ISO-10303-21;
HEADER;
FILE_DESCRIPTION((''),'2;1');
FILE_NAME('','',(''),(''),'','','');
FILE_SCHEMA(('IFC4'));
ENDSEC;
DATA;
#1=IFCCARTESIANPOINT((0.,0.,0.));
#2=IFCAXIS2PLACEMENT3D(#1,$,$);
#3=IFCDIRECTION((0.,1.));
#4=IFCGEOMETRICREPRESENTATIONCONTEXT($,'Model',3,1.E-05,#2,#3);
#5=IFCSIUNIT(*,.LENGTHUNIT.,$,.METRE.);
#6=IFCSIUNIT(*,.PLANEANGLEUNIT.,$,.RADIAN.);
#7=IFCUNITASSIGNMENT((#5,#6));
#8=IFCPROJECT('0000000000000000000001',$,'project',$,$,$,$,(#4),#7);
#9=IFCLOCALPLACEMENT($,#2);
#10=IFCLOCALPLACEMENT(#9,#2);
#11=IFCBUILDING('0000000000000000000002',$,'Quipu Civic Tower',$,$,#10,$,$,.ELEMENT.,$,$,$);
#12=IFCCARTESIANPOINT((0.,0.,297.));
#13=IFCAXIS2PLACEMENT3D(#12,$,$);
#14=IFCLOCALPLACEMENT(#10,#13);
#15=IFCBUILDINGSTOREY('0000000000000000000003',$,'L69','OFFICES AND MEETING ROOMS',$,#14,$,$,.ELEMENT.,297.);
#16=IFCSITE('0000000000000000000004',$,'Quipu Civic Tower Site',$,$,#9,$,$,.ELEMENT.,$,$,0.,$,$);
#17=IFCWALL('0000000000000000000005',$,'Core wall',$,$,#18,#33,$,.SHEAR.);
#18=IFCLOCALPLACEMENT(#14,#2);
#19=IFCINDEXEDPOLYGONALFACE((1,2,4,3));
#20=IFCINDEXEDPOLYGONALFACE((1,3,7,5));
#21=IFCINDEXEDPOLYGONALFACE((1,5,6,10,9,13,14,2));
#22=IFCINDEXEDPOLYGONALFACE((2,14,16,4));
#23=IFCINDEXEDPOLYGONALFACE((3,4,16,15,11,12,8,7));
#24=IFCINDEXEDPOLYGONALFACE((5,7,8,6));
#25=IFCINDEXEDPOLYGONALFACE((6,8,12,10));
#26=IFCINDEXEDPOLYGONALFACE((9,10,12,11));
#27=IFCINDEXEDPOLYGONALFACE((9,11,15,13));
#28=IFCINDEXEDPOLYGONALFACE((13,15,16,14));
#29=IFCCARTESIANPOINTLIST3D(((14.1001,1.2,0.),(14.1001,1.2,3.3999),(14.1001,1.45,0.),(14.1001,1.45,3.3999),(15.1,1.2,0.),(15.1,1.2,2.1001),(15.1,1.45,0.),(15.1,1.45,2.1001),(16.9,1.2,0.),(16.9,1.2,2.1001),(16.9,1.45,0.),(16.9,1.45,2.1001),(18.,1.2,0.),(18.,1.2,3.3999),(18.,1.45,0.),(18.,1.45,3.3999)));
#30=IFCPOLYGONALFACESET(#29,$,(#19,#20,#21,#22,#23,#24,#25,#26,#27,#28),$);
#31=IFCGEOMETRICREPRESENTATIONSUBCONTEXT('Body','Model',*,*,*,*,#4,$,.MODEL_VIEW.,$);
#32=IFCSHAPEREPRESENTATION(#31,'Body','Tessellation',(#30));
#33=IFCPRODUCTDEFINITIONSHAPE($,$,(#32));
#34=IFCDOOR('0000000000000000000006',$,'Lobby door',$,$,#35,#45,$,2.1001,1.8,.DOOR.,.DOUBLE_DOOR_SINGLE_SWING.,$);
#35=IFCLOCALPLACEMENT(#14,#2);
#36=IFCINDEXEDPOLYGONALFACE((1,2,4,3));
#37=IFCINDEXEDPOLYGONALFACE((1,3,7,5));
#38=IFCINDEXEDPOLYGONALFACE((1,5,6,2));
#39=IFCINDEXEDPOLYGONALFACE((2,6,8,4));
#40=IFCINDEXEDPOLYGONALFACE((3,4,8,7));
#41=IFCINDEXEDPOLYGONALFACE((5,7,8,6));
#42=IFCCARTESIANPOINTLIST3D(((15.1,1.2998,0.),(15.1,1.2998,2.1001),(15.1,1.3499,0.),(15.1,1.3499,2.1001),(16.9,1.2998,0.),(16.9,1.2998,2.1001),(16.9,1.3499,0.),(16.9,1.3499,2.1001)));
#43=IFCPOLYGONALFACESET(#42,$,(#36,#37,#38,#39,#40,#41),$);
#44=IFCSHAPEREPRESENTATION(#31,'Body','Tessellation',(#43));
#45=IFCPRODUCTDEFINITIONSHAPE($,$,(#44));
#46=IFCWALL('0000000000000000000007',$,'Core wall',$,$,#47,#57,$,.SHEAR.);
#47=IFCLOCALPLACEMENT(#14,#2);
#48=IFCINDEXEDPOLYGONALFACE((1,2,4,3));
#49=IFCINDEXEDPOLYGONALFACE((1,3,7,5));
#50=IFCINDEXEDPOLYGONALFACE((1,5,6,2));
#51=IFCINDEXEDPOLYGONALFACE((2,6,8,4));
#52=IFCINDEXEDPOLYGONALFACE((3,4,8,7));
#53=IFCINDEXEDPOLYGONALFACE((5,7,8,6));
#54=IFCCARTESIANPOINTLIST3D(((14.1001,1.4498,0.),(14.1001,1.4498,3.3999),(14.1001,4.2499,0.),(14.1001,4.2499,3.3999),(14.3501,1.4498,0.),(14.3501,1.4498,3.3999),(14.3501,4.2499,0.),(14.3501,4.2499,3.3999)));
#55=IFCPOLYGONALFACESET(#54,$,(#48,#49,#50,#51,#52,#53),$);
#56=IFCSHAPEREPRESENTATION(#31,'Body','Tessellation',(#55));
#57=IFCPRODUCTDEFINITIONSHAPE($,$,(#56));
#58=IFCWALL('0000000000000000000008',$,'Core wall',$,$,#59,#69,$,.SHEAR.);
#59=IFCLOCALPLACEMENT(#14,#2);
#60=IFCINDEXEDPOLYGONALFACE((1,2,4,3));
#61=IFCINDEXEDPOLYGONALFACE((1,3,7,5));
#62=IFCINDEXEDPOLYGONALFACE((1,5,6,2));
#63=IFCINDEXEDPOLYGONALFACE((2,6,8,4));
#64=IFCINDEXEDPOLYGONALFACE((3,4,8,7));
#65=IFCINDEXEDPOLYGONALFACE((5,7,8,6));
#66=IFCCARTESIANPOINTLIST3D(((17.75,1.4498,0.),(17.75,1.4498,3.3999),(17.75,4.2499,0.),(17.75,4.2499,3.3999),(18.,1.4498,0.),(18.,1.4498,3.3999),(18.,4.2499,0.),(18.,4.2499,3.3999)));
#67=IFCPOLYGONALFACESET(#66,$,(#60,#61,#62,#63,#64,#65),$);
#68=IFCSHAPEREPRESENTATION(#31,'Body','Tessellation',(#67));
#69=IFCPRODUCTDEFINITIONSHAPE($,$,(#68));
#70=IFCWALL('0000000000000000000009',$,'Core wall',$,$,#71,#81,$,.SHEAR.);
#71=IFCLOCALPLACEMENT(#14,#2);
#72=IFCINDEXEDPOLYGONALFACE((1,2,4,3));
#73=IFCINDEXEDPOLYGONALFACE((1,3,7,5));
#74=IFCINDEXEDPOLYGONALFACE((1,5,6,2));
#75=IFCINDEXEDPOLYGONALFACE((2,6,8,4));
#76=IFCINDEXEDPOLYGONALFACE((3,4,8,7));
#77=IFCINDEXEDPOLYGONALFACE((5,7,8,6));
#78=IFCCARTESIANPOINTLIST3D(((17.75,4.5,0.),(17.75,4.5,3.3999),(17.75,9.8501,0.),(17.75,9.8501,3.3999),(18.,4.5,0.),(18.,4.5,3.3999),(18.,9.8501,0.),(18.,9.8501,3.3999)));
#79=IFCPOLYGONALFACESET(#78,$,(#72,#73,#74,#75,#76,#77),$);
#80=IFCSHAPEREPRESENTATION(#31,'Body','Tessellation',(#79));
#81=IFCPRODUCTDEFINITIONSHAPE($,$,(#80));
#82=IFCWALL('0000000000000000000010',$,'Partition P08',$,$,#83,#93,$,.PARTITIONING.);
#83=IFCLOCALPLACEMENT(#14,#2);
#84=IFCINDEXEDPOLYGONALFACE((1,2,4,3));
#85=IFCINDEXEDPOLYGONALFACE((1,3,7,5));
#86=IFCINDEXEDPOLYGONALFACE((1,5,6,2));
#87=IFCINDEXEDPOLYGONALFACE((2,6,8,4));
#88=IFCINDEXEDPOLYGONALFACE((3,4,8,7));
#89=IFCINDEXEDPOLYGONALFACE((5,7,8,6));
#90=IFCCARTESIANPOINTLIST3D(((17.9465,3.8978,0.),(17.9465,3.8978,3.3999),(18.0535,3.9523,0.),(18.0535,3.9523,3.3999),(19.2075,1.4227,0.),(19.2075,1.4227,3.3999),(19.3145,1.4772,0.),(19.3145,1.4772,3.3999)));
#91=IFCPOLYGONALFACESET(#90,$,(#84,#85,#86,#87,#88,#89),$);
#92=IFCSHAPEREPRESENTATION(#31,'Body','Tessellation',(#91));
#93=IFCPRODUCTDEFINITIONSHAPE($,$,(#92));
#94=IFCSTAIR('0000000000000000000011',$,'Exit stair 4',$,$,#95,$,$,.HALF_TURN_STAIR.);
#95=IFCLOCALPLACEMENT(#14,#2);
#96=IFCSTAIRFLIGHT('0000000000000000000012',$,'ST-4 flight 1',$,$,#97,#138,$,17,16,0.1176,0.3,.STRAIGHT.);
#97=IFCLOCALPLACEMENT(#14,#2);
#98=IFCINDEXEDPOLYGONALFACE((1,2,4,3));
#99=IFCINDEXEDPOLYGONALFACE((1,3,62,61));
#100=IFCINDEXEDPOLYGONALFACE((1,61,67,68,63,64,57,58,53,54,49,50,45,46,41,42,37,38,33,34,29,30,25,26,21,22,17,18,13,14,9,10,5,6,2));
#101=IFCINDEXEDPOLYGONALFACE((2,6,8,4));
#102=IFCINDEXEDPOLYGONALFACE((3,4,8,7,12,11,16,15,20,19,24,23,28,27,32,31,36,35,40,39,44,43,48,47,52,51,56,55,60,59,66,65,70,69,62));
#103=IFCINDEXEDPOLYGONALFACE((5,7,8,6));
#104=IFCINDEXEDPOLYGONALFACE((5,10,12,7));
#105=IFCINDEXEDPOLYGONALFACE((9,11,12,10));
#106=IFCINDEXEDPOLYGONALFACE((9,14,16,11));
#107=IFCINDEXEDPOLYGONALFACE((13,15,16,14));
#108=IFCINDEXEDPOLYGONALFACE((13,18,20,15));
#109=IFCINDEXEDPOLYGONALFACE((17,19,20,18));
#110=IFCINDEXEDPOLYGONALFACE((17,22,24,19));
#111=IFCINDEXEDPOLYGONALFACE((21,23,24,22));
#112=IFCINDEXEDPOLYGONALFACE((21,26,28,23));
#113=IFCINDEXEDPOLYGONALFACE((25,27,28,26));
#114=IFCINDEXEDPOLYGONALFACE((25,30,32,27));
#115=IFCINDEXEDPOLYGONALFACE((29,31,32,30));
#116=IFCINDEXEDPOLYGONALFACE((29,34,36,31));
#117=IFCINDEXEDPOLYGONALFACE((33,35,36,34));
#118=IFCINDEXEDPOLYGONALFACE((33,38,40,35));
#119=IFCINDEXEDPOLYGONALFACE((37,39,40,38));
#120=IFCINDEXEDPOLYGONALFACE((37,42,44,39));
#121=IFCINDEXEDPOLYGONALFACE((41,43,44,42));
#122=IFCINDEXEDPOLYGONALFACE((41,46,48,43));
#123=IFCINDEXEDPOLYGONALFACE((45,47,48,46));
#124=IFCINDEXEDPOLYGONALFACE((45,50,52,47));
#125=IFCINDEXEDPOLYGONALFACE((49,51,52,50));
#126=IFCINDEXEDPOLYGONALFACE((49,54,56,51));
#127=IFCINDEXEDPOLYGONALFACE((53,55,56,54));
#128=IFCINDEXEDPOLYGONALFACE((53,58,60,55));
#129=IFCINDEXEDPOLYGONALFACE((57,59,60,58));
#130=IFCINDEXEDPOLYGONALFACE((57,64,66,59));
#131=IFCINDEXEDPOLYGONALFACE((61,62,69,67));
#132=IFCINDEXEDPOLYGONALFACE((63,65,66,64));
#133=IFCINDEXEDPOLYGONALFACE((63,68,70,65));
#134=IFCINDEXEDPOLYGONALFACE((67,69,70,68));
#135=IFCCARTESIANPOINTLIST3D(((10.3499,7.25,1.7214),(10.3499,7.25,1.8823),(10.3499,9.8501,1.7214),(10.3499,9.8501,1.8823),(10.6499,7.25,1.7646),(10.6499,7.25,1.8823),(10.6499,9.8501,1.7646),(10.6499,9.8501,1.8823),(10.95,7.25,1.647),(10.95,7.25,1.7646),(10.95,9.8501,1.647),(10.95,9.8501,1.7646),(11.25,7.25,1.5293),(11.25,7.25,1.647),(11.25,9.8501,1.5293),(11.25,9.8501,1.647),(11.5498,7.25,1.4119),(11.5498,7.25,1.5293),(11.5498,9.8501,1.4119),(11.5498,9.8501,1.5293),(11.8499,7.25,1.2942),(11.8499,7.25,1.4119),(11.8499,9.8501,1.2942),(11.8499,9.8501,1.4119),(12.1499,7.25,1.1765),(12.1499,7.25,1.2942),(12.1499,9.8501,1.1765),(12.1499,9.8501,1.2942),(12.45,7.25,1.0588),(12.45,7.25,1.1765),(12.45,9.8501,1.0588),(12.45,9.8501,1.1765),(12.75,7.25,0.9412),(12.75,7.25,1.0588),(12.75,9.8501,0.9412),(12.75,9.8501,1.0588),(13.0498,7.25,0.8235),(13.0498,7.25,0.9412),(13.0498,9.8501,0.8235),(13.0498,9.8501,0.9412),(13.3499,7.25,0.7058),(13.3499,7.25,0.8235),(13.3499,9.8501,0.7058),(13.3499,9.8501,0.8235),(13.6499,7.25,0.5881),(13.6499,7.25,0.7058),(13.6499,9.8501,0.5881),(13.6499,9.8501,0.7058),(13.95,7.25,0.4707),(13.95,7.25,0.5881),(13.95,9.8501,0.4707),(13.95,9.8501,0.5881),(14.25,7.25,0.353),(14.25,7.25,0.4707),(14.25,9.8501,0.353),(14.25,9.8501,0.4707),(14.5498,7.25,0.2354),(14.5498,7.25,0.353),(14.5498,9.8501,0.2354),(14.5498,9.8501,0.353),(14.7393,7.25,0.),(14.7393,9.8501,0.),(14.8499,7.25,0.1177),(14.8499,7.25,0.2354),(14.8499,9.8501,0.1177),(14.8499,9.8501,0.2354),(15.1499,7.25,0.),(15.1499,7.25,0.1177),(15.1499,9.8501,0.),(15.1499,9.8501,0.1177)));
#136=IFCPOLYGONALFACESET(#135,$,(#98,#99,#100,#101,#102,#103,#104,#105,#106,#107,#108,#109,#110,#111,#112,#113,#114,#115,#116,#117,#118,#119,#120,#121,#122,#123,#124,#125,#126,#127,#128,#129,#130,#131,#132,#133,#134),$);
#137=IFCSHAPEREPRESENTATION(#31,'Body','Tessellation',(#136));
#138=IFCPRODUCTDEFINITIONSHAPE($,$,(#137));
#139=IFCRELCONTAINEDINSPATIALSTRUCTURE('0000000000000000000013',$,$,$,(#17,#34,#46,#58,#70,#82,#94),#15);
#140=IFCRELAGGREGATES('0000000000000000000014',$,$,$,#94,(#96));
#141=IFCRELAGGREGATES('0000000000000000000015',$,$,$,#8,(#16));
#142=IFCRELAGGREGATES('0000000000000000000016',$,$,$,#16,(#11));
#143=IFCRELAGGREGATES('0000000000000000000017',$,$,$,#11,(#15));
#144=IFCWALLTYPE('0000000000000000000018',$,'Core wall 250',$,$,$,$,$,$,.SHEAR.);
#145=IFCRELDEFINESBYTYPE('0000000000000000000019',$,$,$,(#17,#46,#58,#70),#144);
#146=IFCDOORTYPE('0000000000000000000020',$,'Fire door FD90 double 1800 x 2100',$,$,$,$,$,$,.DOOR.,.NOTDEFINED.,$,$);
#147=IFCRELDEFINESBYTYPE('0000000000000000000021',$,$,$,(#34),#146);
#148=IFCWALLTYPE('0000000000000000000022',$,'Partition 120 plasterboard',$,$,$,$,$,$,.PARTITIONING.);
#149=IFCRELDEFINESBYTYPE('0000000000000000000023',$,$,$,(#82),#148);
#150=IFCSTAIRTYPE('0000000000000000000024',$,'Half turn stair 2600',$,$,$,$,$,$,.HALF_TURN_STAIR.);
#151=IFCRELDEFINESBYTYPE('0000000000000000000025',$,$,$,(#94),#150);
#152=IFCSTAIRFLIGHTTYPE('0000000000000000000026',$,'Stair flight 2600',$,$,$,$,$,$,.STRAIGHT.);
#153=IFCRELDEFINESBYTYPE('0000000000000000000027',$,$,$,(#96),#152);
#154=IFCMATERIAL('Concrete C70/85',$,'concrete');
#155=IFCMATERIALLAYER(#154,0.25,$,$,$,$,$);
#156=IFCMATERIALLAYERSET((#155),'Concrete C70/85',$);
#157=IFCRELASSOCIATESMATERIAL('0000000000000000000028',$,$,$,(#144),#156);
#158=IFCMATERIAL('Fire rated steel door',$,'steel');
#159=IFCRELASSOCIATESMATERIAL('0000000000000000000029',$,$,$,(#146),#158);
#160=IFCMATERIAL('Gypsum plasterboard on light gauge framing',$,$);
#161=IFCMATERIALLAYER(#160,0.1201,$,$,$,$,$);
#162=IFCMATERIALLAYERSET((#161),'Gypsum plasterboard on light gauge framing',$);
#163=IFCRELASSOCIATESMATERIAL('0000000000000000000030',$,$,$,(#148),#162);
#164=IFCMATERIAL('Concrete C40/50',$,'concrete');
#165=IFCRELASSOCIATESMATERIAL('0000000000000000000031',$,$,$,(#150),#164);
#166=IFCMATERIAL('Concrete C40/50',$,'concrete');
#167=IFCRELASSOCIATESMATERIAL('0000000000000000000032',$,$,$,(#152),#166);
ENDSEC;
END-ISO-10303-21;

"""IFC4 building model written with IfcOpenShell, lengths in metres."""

from ifc_helpers import new_model, si_unit, direction, frame, frame_2d, origin, place, context, subcontext, project, spatial, polyline, rectangle, outline, extrude, material, layer, layer_set, type_object, element, fill, aggregate, save


model = new_model("IFC4")

# Units and contexts
model_context = context("Model", 3, precision=1e-05, world=origin(), true_north=direction((0.0, 1.0)))
body_context = subcontext(model_context, "Body", "Model", "MODEL_VIEW")
ifc_project = project(units=[si_unit("LENGTHUNIT", "METRE"), si_unit("PLANEANGLEUNIT", "RADIAN")], contexts=[model_context])

# Site, building, storey
site_placement = place(None, origin())
site = spatial("IfcSite", under=ifc_project, at=site_placement, Name="Quipu Civic Tower Site", CompositionType="ELEMENT", RefElevation=0.0)
building_placement = place(site_placement, origin())
building = spatial("IfcBuilding", under=site, at=building_placement, Name="Quipu Civic Tower", CompositionType="ELEMENT")
storey_placement = place(building_placement, frame((0.0, 0.0, 297.0)))
storey = spatial("IfcBuildingStorey", under=building, at=storey_placement, Name="L69", Description="OFFICES AND MEETING ROOMS", CompositionType="ELEMENT", Elevation=297.0)

# Wall, opening, door
ifc_material_1 = material(Name="Concrete C70/85", Category="concrete")
ifc_layer_1 = layer(ifc_material_1, 0.25)
ifc_layer_set_1 = layer_set([ifc_layer_1], Name="Concrete C70/85")
wall_type_1 = type_object("IfcWallType", Name="Core wall 250", PredefinedType="SHEAR", material=ifc_layer_set_1)
wall_1_placement = place(storey_placement, frame((14.1001, 1.325, 0.0), z_axis=(0.0, 0.0, 1.0), x_axis=(1.0, 0.0, 0.0)))
wall_1 = element("IfcWall", 1, at=wall_1_placement, inside=storey, type_object=wall_type_1, Name="Core wall", PredefinedType="SHEAR", context=body_context, shape_type="SweptSolid", body=[
    extrude(rectangle(XDim=3.8999, YDim=0.25, at=frame_2d((1.95, 0.0))), origin(), (0.0, 0.0, 1.0), 3.3999),
])
opening_placement = place(wall_1_placement, frame((1.0, 0.0, 0.0)))
opening = element("IfcOpeningElement", 2, at=opening_placement, cuts=wall_1, PredefinedType="OPENING", context=body_context, shape_type="SweptSolid", body=[
    extrude(rectangle(XDim=1.8, YDim=2.1001, at=frame_2d((0.8999, 1.05))), frame((0.0, 0.135, 0.0), z_axis=(0.0, -1.0, 0.0), x_axis=(1.0, 0.0, 0.0)), (0.0, 0.0, 1.0), 0.27),
])
ifc_material_2 = material(Name="Fire rated steel door", Category="steel")
door_type = type_object("IfcDoorType", Name="Fire door FD90 double 1800 x 2100", OperationType="NOTDEFINED", PredefinedType="DOOR", material=ifc_material_2)
door_placement = place(opening_placement, origin())
door = element("IfcDoor", 3, at=door_placement, inside=storey, type_object=door_type, Name="Lobby door", OperationType="DOUBLE_DOOR_SINGLE_SWING", OverallHeight=2.1001, OverallWidth=1.8, PredefinedType="DOOR", context=body_context, shape_type="SweptSolid", body=[
    extrude(rectangle(XDim=1.8, YDim=2.1001, at=frame_2d((0.8999, 1.05))), frame((0.0, 0.0249, 0.0), z_axis=(0.0, -1.0, 0.0), x_axis=(1.0, 0.0, 0.0)), (0.0, 0.0, 1.0), 0.05),
])
fill(opening, door)

# Walls
for number, where, z_axis, x_axis, name in (
    (4, (14.2251, 1.45, 0.0), (0.0, 0.0, 1.0), (0.0, 1.0, 0.0), "Core wall"),
    (5, (17.875, 1.45, 0.0), (0.0, 0.0, 1.0), (0.0, 1.0, 0.0), "Core wall"),
):
    element("IfcWall", number, at=place(storey_placement, frame(where, z_axis=z_axis, x_axis=x_axis)), inside=storey, type_object=wall_type_1, Name=name, PredefinedType="SHEAR", context=body_context, shape_type="SweptSolid", body=[
        extrude(rectangle(XDim=2.8, YDim=0.25, at=frame_2d((1.3999, 0.0))), origin(), (0.0, 0.0, 1.0), 3.3999),
    ])
wall_2_placement = place(storey_placement, frame((17.875, 4.5, 0.0), z_axis=(0.0, 0.0, 1.0), x_axis=(0.0, 1.0, 0.0)))
element("IfcWall", 6, at=wall_2_placement, inside=storey, type_object=wall_type_1, Name="Core wall", PredefinedType="SHEAR", context=body_context, shape_type="SweptSolid", body=[
    extrude(rectangle(XDim=5.3501, YDim=0.25, at=frame_2d((2.675, 0.0))), origin(), (0.0, 0.0, 1.0), 3.3999),
])
ifc_material_3 = material(Name="Gypsum plasterboard on light gauge framing")
ifc_layer_2 = layer(ifc_material_3, 0.1201)
ifc_layer_set_2 = layer_set([ifc_layer_2], Name="Gypsum plasterboard on light gauge framing")
wall_type_2 = type_object("IfcWallType", Name="Partition 120 plasterboard", PredefinedType="PARTITIONING", material=ifc_layer_set_2)
wall_3_placement = place(storey_placement, frame((18.0, 3.925, 0.0), z_axis=(0.0, 0.0, 1.0), x_axis=(0.453951, -0.891027, 0.0)))
element("IfcWall", 7, at=wall_3_placement, inside=storey, type_object=wall_type_2, Name="Partition P08", PredefinedType="PARTITIONING", context=body_context, shape_type="SweptSolid", body=[
    extrude(rectangle(XDim=2.7778, YDim=0.1201, at=frame_2d((1.3889, 0.0))), origin(), (0.0, 0.0, 1.0), 3.3999),
])

# Stair, stair flight
ifc_material_4 = material(Name="Concrete C40/50", Category="concrete")
stair_type = type_object("IfcStairType", Name="Half turn stair 2600", PredefinedType="HALF_TURN_STAIR", material=ifc_material_4)
stair_placement = place(storey_placement, origin())
stair = element("IfcStair", 8, at=stair_placement, inside=storey, type_object=stair_type, Name="Exit stair 4", PredefinedType="HALF_TURN_STAIR")
ifc_material_5 = material(Name="Concrete C40/50", Category="concrete")
stair_flight_type = type_object("IfcStairFlightType", Name="Stair flight 2600", PredefinedType="STRAIGHT", material=ifc_material_5)
stair_flight_placement = place(storey_placement, frame((15.1499, 8.55, 0.0), z_axis=(0.0, 0.0, 1.0), x_axis=(-1.0, 0.0, 0.0)))
stair_flight = element("IfcStairFlight", 9, at=stair_flight_placement, type_object=stair_flight_type, Name="ST-4 flight 1", NumberOfRisers=17, NumberOfTreads=16, PredefinedType="STRAIGHT", RiserHeight=0.1176, TreadLength=0.3, context=body_context, shape_type="SweptSolid", body=[
    extrude(outline(polyline([(0.0, 0.0), (0.0, 0.1177), (0.3, 0.1177), (0.3, 0.2354), (0.6001, 0.2354), (0.6001, 0.353), (0.8999, 0.353), (0.8999, 0.4707), (1.2, 0.4707), (1.2, 0.5881), (1.5, 0.5881), (1.5, 0.7058), (1.8, 0.7058), (1.8, 0.8235), (2.1001, 0.8235), (2.1001, 0.9412), (2.3999, 0.9412), (2.3999, 1.0588), (2.7, 1.0588), (2.7, 1.1765), (3.0, 1.1765), (3.0, 1.2942), (3.3, 1.2942), (3.3, 1.4119), (3.6001, 1.4119), (3.6001, 1.5293), (3.8999, 1.5293), (3.8999, 1.647), (4.2, 1.647), (4.2, 1.7646), (4.5, 1.7646), (4.5, 1.8823), (4.8, 1.8823), (4.8, 2.0), (4.8, 1.7214), (0.4106, 0.0), (0.0, 0.0)])), frame((0.0, 1.3, 0.0), z_axis=(0.0, -1.0, 0.0), x_axis=(1.0, 0.0, 0.0)), (0.0, 0.0, 1.0), 2.6001),
])
aggregate(stair, [stair_flight])

save(model, "model.ifc")
